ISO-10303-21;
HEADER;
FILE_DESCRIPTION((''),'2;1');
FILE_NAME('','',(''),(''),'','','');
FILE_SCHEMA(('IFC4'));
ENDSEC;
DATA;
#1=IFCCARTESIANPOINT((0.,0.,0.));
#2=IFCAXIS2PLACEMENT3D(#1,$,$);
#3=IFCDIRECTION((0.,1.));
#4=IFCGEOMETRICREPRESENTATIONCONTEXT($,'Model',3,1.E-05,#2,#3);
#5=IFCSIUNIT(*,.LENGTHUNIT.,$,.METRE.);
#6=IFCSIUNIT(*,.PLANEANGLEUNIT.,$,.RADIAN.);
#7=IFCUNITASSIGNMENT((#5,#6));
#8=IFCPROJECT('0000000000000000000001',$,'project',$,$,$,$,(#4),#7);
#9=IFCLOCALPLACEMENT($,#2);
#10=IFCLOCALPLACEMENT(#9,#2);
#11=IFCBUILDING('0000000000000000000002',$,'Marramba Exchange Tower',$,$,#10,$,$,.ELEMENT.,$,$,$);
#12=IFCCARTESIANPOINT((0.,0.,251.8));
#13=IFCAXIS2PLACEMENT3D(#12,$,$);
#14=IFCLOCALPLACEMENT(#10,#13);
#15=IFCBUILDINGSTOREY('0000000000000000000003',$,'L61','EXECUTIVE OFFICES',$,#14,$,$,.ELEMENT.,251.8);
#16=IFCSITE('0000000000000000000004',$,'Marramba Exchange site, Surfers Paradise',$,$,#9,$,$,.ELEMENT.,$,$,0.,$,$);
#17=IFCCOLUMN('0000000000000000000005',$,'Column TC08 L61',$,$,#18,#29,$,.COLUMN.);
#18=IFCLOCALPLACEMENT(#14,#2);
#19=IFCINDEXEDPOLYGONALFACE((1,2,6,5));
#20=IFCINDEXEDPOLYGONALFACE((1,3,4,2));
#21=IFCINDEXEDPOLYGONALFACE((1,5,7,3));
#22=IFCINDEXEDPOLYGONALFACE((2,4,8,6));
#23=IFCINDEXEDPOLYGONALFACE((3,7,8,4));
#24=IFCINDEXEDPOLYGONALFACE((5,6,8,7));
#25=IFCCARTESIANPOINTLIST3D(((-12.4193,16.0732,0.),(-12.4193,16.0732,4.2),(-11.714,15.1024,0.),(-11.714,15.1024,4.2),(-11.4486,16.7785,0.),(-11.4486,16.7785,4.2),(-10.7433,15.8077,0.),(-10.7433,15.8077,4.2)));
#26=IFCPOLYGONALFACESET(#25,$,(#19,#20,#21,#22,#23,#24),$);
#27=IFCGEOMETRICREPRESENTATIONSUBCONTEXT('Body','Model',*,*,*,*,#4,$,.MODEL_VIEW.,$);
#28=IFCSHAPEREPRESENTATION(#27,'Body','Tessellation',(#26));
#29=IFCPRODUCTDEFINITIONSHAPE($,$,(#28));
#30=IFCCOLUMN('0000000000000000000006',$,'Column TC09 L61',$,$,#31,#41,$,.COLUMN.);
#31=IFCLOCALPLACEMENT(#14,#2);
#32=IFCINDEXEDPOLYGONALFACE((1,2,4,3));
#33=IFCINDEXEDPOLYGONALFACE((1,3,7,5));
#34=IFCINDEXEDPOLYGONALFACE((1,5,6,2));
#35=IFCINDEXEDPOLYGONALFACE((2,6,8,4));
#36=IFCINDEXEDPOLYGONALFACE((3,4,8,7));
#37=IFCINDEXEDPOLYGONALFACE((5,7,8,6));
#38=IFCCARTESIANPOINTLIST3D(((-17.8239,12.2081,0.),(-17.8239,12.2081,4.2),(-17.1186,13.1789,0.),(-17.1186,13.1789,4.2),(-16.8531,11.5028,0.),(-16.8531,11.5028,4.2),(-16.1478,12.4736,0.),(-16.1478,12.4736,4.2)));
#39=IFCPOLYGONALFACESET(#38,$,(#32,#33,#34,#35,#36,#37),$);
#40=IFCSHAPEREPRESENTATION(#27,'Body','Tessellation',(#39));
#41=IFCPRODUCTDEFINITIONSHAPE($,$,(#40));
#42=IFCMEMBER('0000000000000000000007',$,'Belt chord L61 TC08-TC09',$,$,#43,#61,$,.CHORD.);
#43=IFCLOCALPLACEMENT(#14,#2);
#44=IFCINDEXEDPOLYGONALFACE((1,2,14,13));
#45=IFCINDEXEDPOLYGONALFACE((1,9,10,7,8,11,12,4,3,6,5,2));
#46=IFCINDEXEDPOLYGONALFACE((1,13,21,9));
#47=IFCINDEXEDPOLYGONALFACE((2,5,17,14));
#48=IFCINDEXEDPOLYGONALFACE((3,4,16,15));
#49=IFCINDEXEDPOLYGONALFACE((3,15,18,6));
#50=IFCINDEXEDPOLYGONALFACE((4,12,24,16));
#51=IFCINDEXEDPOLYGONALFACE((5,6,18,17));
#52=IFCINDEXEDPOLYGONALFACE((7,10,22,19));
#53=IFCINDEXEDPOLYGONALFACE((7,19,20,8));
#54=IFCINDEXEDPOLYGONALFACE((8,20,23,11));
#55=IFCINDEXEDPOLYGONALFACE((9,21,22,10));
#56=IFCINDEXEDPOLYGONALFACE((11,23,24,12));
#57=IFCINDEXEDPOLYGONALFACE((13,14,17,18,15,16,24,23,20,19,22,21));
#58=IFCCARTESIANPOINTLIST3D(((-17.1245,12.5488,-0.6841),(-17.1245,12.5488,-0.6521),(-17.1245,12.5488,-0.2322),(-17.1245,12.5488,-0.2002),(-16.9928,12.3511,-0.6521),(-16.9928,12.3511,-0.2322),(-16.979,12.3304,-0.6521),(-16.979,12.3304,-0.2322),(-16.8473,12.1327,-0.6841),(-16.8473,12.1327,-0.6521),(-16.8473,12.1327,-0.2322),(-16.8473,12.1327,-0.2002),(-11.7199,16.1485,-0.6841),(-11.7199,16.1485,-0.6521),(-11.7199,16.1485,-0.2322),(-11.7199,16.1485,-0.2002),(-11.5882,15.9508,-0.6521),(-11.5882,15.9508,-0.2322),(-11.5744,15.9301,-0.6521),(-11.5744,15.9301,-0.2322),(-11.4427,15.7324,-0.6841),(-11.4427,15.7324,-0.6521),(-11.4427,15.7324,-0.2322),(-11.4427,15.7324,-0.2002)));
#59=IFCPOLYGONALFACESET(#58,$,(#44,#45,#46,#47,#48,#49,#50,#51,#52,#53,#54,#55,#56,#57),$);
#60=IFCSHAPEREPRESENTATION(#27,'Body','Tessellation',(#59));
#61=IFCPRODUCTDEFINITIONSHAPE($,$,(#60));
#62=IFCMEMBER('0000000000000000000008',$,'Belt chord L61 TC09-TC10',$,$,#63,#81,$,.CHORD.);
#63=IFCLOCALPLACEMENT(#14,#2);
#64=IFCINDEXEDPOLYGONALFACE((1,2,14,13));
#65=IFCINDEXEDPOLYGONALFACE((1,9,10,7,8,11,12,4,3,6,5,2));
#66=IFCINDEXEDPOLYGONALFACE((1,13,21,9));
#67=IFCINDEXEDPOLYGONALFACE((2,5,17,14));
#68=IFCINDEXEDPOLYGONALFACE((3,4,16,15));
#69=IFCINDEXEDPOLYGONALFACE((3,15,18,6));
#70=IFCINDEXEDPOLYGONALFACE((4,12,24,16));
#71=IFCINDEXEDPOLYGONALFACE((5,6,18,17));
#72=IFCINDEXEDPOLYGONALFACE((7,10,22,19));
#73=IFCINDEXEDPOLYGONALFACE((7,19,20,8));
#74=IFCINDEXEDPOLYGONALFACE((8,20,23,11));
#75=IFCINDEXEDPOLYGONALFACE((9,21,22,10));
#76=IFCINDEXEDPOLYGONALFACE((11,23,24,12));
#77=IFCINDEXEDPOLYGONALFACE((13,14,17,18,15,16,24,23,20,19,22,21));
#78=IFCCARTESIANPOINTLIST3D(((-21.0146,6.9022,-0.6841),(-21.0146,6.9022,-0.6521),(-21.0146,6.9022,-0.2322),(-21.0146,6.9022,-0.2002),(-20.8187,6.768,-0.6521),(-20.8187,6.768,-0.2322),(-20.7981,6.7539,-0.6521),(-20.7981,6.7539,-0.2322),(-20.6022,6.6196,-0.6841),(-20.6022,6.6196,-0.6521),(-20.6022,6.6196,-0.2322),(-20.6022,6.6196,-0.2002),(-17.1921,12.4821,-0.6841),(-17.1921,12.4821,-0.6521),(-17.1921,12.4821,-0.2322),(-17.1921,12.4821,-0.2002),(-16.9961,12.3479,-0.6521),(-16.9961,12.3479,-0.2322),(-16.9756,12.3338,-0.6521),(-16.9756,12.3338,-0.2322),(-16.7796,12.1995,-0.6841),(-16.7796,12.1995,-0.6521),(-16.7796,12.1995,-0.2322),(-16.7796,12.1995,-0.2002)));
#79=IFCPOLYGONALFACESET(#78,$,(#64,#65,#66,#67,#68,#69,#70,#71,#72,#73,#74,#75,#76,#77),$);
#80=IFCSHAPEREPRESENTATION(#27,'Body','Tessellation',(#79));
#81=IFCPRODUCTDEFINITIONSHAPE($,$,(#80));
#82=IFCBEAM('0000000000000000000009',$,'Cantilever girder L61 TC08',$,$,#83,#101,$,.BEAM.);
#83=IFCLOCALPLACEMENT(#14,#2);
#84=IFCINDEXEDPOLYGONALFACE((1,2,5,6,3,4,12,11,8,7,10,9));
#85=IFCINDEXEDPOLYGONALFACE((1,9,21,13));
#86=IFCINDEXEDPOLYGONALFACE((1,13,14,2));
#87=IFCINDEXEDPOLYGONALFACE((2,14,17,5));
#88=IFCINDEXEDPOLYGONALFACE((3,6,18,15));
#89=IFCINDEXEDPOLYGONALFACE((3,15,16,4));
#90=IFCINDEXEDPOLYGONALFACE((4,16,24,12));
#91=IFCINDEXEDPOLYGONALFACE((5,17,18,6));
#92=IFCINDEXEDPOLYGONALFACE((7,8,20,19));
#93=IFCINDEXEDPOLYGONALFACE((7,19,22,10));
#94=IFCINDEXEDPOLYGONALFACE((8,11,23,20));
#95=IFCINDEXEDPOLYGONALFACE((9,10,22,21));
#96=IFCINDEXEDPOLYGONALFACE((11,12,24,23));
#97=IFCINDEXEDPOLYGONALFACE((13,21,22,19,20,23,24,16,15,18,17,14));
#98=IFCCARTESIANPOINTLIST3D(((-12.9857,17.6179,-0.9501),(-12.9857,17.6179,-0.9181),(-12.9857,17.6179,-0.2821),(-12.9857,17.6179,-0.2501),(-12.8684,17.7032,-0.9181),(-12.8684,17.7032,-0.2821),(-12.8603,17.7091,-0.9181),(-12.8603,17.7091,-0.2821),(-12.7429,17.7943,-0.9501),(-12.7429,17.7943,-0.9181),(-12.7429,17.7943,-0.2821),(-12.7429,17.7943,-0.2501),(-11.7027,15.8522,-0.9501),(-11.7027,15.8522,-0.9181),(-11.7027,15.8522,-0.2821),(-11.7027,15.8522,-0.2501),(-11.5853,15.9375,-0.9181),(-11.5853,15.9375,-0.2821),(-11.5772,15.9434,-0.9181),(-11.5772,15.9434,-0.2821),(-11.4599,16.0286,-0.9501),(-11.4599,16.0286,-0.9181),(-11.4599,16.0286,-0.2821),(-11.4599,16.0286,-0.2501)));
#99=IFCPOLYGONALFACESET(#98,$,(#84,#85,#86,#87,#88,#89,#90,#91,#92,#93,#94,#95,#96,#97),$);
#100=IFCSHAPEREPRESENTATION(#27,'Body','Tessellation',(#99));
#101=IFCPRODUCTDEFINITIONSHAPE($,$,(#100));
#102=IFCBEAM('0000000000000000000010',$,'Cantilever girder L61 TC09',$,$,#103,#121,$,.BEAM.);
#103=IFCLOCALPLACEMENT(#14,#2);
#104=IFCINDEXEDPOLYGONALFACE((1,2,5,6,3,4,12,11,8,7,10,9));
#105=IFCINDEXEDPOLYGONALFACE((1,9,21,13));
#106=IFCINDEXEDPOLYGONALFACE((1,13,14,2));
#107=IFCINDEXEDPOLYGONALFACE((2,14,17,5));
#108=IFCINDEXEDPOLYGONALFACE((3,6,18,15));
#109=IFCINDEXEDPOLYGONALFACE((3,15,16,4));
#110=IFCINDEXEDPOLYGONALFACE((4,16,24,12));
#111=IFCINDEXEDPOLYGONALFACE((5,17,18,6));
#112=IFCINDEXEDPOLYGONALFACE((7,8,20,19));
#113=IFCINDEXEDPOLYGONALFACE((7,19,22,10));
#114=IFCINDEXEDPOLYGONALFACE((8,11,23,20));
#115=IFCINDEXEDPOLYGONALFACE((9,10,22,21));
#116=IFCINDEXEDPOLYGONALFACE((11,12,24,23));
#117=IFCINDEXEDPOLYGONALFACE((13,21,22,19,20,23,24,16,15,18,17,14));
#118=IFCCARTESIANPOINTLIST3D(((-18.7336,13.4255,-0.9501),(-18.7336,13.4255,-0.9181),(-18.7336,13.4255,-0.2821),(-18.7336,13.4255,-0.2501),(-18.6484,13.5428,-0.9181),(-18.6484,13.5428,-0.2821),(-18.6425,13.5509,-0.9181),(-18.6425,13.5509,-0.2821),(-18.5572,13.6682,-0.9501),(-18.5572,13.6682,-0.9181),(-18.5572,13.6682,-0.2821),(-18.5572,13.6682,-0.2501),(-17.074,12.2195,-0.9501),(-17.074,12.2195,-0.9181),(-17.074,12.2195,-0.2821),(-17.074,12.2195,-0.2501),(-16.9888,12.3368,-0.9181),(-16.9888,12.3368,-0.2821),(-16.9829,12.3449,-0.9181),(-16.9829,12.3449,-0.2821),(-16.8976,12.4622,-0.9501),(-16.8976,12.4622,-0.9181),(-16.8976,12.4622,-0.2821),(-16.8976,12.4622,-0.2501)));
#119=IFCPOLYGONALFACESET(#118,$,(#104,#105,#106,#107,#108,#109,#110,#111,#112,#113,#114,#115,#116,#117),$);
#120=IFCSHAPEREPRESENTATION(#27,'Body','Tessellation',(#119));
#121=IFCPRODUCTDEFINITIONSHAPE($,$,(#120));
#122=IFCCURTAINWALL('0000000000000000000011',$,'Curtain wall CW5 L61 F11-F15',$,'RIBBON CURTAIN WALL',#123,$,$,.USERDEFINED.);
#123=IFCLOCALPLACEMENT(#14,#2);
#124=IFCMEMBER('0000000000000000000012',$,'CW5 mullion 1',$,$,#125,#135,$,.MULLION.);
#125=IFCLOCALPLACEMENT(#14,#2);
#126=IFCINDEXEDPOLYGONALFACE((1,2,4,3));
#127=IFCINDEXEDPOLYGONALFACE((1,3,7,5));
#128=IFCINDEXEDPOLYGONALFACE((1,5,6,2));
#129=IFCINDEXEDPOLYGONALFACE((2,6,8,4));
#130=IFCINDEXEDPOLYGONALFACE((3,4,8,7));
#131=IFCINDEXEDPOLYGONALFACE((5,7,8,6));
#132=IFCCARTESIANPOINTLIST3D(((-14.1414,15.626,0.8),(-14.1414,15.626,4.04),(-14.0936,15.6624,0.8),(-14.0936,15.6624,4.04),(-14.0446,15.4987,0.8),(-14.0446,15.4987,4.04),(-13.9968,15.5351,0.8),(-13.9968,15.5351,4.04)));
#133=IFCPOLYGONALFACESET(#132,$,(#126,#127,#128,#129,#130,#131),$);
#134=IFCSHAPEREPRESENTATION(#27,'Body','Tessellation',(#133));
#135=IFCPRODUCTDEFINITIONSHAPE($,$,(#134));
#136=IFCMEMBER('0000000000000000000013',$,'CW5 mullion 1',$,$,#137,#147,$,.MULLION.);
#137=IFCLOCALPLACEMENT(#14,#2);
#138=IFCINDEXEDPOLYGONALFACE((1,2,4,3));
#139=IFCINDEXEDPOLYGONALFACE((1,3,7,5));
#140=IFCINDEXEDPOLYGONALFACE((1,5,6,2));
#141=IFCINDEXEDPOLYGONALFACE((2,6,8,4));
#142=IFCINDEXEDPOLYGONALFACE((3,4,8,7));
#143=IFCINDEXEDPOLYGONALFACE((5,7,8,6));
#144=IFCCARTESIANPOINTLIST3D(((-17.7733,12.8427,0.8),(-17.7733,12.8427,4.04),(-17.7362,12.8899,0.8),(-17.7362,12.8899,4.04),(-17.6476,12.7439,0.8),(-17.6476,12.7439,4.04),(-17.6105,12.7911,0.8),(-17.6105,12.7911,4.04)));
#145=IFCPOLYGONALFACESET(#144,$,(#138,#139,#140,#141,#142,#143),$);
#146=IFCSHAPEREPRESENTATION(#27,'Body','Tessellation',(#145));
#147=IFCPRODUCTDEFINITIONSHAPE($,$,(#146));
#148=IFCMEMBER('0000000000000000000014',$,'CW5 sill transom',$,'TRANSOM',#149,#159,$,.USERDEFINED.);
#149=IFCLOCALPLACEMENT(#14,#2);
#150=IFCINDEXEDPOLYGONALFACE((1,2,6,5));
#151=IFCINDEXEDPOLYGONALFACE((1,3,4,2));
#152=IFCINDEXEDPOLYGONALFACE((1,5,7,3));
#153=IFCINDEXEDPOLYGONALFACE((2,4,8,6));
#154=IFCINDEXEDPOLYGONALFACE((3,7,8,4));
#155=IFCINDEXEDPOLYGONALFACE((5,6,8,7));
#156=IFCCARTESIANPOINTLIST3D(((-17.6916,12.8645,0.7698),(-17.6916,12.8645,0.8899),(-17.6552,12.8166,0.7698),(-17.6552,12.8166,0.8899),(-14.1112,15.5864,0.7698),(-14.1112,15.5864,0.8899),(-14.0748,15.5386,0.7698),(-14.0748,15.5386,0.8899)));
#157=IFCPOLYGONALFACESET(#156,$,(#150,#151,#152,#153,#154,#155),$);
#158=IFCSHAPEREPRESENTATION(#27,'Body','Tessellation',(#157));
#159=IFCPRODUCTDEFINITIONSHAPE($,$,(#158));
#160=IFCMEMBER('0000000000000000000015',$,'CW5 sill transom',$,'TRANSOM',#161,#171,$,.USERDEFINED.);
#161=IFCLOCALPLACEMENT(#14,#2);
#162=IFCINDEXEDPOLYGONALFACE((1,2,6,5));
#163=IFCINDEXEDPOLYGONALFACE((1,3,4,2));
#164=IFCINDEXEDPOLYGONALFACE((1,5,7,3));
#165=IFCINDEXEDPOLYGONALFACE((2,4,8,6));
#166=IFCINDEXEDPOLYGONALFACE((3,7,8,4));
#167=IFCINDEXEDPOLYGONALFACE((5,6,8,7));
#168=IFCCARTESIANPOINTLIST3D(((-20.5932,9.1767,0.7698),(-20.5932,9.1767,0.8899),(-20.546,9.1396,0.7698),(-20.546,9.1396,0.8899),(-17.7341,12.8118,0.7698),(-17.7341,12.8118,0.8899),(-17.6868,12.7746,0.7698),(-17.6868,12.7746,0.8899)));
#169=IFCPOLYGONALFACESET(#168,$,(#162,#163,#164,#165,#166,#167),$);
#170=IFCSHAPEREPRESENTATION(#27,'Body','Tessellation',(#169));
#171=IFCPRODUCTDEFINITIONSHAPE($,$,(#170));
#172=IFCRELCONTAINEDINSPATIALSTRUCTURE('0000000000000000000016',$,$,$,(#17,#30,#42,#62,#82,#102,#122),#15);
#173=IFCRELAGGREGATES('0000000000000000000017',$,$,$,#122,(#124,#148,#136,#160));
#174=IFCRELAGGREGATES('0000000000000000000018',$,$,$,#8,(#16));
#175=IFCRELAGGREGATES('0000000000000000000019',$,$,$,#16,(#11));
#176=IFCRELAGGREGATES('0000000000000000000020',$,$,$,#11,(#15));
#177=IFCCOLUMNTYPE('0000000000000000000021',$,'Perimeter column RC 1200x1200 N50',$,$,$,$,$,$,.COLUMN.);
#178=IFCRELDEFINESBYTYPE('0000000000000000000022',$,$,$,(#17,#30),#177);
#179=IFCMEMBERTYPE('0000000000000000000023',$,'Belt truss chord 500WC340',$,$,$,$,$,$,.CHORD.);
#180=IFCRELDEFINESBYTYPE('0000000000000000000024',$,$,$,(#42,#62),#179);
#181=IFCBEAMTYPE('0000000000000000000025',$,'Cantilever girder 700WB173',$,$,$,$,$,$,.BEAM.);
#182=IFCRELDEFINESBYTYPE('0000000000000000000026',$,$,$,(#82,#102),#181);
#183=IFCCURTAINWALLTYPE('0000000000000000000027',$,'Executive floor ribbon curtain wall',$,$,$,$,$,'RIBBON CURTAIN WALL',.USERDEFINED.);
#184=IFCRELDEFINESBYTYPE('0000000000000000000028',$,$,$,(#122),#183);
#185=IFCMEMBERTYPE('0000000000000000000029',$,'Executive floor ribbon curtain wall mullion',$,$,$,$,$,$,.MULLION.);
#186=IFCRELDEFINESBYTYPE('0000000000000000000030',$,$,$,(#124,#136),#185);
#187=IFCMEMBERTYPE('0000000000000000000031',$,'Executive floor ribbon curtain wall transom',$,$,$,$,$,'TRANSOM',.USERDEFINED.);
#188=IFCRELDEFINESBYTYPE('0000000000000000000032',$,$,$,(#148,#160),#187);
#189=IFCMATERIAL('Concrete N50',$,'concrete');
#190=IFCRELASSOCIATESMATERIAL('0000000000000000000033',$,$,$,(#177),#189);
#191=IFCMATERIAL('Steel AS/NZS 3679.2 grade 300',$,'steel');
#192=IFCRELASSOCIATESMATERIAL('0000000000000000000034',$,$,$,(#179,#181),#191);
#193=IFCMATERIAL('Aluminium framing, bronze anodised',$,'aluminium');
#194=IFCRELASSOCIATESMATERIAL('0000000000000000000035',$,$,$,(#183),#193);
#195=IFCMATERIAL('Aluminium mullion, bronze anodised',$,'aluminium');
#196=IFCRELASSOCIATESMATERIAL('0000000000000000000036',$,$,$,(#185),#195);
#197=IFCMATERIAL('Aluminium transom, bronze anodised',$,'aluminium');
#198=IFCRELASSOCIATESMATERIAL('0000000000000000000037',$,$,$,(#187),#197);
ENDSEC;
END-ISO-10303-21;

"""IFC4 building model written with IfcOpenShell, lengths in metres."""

from ifc_helpers import new_model, si_unit, direction, frame, origin, origin_2d, place, context, subcontext, project, spatial, rectangle, i_section, extrude, material, material_profile, profile_set, type_object, element, aggregate, save


model = new_model("IFC4")

# Units and contexts
model_context = context("Model", 3, precision=1e-05, world=origin(), true_north=direction((0.0, 1.0)))
body_context = subcontext(model_context, "Body", "Model", "MODEL_VIEW")
ifc_project = project(units=[si_unit("LENGTHUNIT", "METRE"), si_unit("PLANEANGLEUNIT", "RADIAN")], contexts=[model_context])

# Site, building, storey
site_placement = place(None, origin())
site = spatial("IfcSite", under=ifc_project, at=site_placement, Name="Marramba Exchange site, Surfers Paradise", CompositionType="ELEMENT", RefElevation=0.0)
building_placement = place(site_placement, origin())
building = spatial("IfcBuilding", under=site, at=building_placement, Name="Marramba Exchange Tower", CompositionType="ELEMENT")
storey_placement = place(building_placement, frame((0.0, 0.0, 251.8)))
storey = spatial("IfcBuildingStorey", under=building, at=storey_placement, Name="L61", Description="EXECUTIVE OFFICES", CompositionType="ELEMENT", Elevation=251.8)

# Columns
ifc_material_1 = material(Name="Concrete N50", Category="concrete")
ifc_material_profile_1 = material_profile(ifc_material_1, rectangle(XDim=1.2, YDim=1.2, at=origin_2d()), Name="RC 1200x1200")
ifc_profile_set_1 = profile_set([ifc_material_profile_1], Name="Concrete N50")
column_type = type_object("IfcColumnType", Name="Perimeter column RC 1200x1200 N50", PredefinedType="COLUMN", material=ifc_profile_set_1)
for number, where, z_axis, x_axis, name in (
    (1, (-11.5813, 15.9404, 0.0), (0.0, 0.0, 1.0), (-0.587785, 0.809017, 0.0), "Column TC08 L61"),
    (2, (-16.9858, 12.3408, 0.0), (0.0, 0.0, 1.0), (-0.809017, 0.587785, 0.0), "Column TC09 L61"),
):
    element("IfcColumn", number, at=place(storey_placement, frame(where, z_axis=z_axis, x_axis=x_axis)), inside=storey, type_object=column_type, Name=name, PredefinedType="COLUMN", context=body_context, shape_type="SweptSolid", body=[
        extrude(rectangle(XDim=1.2, YDim=1.2, at=origin_2d()), origin(), (0.0, 0.0, 1.0), 4.2),
    ])

# Members
ifc_material_2 = material(Name="Steel AS/NZS 3679.2 grade 300", Category="steel")
ifc_material_profile_2 = material_profile(ifc_material_2, i_section(OverallWidth=0.5, OverallDepth=0.4839, WebThickness=0.0249, FlangeThickness=0.032, at=origin_2d()), Name="500WC340")
ifc_profile_set_2 = profile_set([ifc_material_profile_2], Name="Steel AS/NZS 3679.2 grade 300")
member_type_1 = type_object("IfcMemberType", Name="Belt truss chord 500WC340", PredefinedType="CHORD", material=ifc_profile_set_2)
member_1_placement = place(storey_placement, frame((-11.5813, 15.9404, -0.4421), z_axis=(-0.832293, -0.554336, 0.0), x_axis=(0.554336, -0.832293, 0.0)))
element("IfcMember", 3, at=member_1_placement, inside=storey, type_object=member_type_1, Name="Belt chord L61 TC08-TC09", PredefinedType="CHORD", context=body_context, shape_type="SweptSolid", body=[
    extrude(i_section(OverallWidth=0.5, OverallDepth=0.4839, WebThickness=0.0249, FlangeThickness=0.032, at=origin_2d()), origin(), (0.0, 0.0, 1.0), 6.4937),
])
member_2_placement = place(storey_placement, frame((-16.9858, 12.3408, -0.4421), z_axis=(-0.56516, -0.824981, 0.0), x_axis=(0.824981, -0.56516, 0.0)))
element("IfcMember", 4, at=member_2_placement, inside=storey, type_object=member_type_1, Name="Belt chord L61 TC09-TC10", PredefinedType="CHORD", context=body_context, shape_type="SweptSolid", body=[
    extrude(i_section(OverallWidth=0.5, OverallDepth=0.4839, WebThickness=0.0249, FlangeThickness=0.032, at=origin_2d()), origin(), (0.0, 0.0, 1.0), 6.7637),
])

# Beams
ifc_material_profile_3 = material_profile(ifc_material_2, i_section(OverallWidth=0.3, OverallDepth=0.7, WebThickness=0.01, FlangeThickness=0.032, at=origin_2d()), Name="700WB173")
ifc_profile_set_3 = profile_set([ifc_material_profile_3], Name="Steel AS/NZS 3679.2 grade 300")
beam_type_1 = type_object("IfcBeamType", Name="Cantilever girder 700WB173", PredefinedType="BEAM", material=ifc_profile_set_3)
beam_1_placement = place(storey_placement, frame((-11.5813, 15.9404, -0.6001), z_axis=(-0.587832, 0.808983, 0.0), x_axis=(-0.808983, -0.587832, 0.0)))
element("IfcBeam", 5, at=beam_1_placement, inside=storey, type_object=beam_type_1, Name="Cantilever girder L61 TC08", PredefinedType="BEAM", context=body_context, shape_type="SweptSolid", body=[
    extrude(i_section(OverallWidth=0.3, OverallDepth=0.7, WebThickness=0.01, FlangeThickness=0.032, at=origin_2d()), origin(), (0.0, 0.0, 1.0), 2.1826),
])
beam_2_placement = place(storey_placement, frame((-16.9858, 12.3408, -0.6001), z_axis=(-0.808962, 0.58786, 0.0), x_axis=(-0.58786, -0.808962, 0.0)))
element("IfcBeam", 6, at=beam_2_placement, inside=storey, type_object=beam_type_1, Name="Cantilever girder L61 TC09", PredefinedType="BEAM", context=body_context, shape_type="SweptSolid", body=[
    extrude(i_section(OverallWidth=0.3, OverallDepth=0.7, WebThickness=0.01, FlangeThickness=0.032, at=origin_2d()), origin(), (0.0, 0.0, 1.0), 2.0515),
])

# Curtain wall, members
ifc_material_3 = material(Name="Aluminium framing, bronze anodised", Category="aluminium")
curtain_wall_type = type_object("IfcCurtainWallType", Name="Executive floor ribbon curtain wall", ElementType="RIBBON CURTAIN WALL", PredefinedType="USERDEFINED", material=ifc_material_3)
curtain_wall_placement = place(storey_placement, origin())
curtain_wall = element("IfcCurtainWall", 7, at=curtain_wall_placement, inside=storey, type_object=curtain_wall_type, Name="Curtain wall CW5 L61 F11-F15", ObjectType="RIBBON CURTAIN WALL", PredefinedType="USERDEFINED")
ifc_material_4 = material(Name="Aluminium mullion, bronze anodised", Category="aluminium")
ifc_material_profile_4 = material_profile(ifc_material_4, rectangle(XDim=0.1599, YDim=0.0601, at=origin_2d()), Name="CW5 mullion 60x160")
ifc_profile_set_4 = profile_set([ifc_material_profile_4], Name="Aluminium mullion, bronze anodised")
member_type_2 = type_object("IfcMemberType", Name="Executive floor ribbon curtain wall mullion", PredefinedType="MULLION", material=ifc_profile_set_4)
member_3_placement = place(storey_placement, frame((-14.0691, 15.5806, 0.8), z_axis=(0.0, 0.0, 1.0), x_axis=(0.605219, -0.796059, 0.0)))
member_3 = element("IfcMember", 8, at=member_3_placement, type_object=member_type_2, Name="CW5 mullion 1", PredefinedType="MULLION", context=body_context, shape_type="SweptSolid", body=[
    extrude(rectangle(XDim=0.1599, YDim=0.0601, at=origin_2d()), origin(), (0.0, 0.0, 1.0), 3.24),
])
member_4_placement = place(storey_placement, frame((-17.6919, 12.8169, 0.8), z_axis=(0.0, 0.0, 1.0), x_axis=(0.786003, -0.618223, 0.0)))
member_4 = element("IfcMember", 9, at=member_4_placement, type_object=member_type_2, Name="CW5 mullion 1", PredefinedType="MULLION", context=body_context, shape_type="SweptSolid", body=[
    extrude(rectangle(XDim=0.1599, YDim=0.0601, at=origin_2d()), origin(), (0.0, 0.0, 1.0), 3.24),
])
ifc_material_5 = material(Name="Aluminium transom, bronze anodised", Category="aluminium")
ifc_material_profile_5 = material_profile(ifc_material_5, rectangle(XDim=0.0601, YDim=0.1201, at=origin_2d()), Name="CW5 transom 60x120")
ifc_profile_set_5 = profile_set([ifc_material_profile_5], Name="Aluminium transom, bronze anodised")
member_type_3 = type_object("IfcMemberType", Name="Executive floor ribbon curtain wall transom", ElementType="TRANSOM", PredefinedType="USERDEFINED", material=ifc_profile_set_5)
member_5_placement = place(storey_placement, frame((-14.093, 15.5625, 0.8298), z_axis=(-0.796068, -0.605207, 0.0), x_axis=(0.605207, -0.796068, 0.0)))
member_5 = element("IfcMember", 10, at=member_5_placement, type_object=member_type_3, Name="CW5 sill transom", ObjectType="TRANSOM", PredefinedType="USERDEFINED", context=body_context, shape_type="SweptSolid", body=[
    extrude(rectangle(XDim=0.0601, YDim=0.1201, at=origin_2d()), origin(), (0.0, 0.0, 1.0), 4.4976),
])
member_6_placement = place(storey_placement, frame((-17.7104, 12.7932, 0.8298), z_axis=(-0.618229, -0.785998, 0.0), x_axis=(0.785998, -0.618229, 0.0)))
member_6 = element("IfcMember", 11, at=member_6_placement, type_object=member_type_3, Name="CW5 sill transom", ObjectType="TRANSOM", PredefinedType="USERDEFINED", context=body_context, shape_type="SweptSolid", body=[
    extrude(rectangle(XDim=0.0601, YDim=0.1201, at=origin_2d()), origin(), (0.0, 0.0, 1.0), 4.6248),
])

aggregate(curtain_wall, [member_3, member_5, member_4, member_6])

save(model, "model.ifc")
